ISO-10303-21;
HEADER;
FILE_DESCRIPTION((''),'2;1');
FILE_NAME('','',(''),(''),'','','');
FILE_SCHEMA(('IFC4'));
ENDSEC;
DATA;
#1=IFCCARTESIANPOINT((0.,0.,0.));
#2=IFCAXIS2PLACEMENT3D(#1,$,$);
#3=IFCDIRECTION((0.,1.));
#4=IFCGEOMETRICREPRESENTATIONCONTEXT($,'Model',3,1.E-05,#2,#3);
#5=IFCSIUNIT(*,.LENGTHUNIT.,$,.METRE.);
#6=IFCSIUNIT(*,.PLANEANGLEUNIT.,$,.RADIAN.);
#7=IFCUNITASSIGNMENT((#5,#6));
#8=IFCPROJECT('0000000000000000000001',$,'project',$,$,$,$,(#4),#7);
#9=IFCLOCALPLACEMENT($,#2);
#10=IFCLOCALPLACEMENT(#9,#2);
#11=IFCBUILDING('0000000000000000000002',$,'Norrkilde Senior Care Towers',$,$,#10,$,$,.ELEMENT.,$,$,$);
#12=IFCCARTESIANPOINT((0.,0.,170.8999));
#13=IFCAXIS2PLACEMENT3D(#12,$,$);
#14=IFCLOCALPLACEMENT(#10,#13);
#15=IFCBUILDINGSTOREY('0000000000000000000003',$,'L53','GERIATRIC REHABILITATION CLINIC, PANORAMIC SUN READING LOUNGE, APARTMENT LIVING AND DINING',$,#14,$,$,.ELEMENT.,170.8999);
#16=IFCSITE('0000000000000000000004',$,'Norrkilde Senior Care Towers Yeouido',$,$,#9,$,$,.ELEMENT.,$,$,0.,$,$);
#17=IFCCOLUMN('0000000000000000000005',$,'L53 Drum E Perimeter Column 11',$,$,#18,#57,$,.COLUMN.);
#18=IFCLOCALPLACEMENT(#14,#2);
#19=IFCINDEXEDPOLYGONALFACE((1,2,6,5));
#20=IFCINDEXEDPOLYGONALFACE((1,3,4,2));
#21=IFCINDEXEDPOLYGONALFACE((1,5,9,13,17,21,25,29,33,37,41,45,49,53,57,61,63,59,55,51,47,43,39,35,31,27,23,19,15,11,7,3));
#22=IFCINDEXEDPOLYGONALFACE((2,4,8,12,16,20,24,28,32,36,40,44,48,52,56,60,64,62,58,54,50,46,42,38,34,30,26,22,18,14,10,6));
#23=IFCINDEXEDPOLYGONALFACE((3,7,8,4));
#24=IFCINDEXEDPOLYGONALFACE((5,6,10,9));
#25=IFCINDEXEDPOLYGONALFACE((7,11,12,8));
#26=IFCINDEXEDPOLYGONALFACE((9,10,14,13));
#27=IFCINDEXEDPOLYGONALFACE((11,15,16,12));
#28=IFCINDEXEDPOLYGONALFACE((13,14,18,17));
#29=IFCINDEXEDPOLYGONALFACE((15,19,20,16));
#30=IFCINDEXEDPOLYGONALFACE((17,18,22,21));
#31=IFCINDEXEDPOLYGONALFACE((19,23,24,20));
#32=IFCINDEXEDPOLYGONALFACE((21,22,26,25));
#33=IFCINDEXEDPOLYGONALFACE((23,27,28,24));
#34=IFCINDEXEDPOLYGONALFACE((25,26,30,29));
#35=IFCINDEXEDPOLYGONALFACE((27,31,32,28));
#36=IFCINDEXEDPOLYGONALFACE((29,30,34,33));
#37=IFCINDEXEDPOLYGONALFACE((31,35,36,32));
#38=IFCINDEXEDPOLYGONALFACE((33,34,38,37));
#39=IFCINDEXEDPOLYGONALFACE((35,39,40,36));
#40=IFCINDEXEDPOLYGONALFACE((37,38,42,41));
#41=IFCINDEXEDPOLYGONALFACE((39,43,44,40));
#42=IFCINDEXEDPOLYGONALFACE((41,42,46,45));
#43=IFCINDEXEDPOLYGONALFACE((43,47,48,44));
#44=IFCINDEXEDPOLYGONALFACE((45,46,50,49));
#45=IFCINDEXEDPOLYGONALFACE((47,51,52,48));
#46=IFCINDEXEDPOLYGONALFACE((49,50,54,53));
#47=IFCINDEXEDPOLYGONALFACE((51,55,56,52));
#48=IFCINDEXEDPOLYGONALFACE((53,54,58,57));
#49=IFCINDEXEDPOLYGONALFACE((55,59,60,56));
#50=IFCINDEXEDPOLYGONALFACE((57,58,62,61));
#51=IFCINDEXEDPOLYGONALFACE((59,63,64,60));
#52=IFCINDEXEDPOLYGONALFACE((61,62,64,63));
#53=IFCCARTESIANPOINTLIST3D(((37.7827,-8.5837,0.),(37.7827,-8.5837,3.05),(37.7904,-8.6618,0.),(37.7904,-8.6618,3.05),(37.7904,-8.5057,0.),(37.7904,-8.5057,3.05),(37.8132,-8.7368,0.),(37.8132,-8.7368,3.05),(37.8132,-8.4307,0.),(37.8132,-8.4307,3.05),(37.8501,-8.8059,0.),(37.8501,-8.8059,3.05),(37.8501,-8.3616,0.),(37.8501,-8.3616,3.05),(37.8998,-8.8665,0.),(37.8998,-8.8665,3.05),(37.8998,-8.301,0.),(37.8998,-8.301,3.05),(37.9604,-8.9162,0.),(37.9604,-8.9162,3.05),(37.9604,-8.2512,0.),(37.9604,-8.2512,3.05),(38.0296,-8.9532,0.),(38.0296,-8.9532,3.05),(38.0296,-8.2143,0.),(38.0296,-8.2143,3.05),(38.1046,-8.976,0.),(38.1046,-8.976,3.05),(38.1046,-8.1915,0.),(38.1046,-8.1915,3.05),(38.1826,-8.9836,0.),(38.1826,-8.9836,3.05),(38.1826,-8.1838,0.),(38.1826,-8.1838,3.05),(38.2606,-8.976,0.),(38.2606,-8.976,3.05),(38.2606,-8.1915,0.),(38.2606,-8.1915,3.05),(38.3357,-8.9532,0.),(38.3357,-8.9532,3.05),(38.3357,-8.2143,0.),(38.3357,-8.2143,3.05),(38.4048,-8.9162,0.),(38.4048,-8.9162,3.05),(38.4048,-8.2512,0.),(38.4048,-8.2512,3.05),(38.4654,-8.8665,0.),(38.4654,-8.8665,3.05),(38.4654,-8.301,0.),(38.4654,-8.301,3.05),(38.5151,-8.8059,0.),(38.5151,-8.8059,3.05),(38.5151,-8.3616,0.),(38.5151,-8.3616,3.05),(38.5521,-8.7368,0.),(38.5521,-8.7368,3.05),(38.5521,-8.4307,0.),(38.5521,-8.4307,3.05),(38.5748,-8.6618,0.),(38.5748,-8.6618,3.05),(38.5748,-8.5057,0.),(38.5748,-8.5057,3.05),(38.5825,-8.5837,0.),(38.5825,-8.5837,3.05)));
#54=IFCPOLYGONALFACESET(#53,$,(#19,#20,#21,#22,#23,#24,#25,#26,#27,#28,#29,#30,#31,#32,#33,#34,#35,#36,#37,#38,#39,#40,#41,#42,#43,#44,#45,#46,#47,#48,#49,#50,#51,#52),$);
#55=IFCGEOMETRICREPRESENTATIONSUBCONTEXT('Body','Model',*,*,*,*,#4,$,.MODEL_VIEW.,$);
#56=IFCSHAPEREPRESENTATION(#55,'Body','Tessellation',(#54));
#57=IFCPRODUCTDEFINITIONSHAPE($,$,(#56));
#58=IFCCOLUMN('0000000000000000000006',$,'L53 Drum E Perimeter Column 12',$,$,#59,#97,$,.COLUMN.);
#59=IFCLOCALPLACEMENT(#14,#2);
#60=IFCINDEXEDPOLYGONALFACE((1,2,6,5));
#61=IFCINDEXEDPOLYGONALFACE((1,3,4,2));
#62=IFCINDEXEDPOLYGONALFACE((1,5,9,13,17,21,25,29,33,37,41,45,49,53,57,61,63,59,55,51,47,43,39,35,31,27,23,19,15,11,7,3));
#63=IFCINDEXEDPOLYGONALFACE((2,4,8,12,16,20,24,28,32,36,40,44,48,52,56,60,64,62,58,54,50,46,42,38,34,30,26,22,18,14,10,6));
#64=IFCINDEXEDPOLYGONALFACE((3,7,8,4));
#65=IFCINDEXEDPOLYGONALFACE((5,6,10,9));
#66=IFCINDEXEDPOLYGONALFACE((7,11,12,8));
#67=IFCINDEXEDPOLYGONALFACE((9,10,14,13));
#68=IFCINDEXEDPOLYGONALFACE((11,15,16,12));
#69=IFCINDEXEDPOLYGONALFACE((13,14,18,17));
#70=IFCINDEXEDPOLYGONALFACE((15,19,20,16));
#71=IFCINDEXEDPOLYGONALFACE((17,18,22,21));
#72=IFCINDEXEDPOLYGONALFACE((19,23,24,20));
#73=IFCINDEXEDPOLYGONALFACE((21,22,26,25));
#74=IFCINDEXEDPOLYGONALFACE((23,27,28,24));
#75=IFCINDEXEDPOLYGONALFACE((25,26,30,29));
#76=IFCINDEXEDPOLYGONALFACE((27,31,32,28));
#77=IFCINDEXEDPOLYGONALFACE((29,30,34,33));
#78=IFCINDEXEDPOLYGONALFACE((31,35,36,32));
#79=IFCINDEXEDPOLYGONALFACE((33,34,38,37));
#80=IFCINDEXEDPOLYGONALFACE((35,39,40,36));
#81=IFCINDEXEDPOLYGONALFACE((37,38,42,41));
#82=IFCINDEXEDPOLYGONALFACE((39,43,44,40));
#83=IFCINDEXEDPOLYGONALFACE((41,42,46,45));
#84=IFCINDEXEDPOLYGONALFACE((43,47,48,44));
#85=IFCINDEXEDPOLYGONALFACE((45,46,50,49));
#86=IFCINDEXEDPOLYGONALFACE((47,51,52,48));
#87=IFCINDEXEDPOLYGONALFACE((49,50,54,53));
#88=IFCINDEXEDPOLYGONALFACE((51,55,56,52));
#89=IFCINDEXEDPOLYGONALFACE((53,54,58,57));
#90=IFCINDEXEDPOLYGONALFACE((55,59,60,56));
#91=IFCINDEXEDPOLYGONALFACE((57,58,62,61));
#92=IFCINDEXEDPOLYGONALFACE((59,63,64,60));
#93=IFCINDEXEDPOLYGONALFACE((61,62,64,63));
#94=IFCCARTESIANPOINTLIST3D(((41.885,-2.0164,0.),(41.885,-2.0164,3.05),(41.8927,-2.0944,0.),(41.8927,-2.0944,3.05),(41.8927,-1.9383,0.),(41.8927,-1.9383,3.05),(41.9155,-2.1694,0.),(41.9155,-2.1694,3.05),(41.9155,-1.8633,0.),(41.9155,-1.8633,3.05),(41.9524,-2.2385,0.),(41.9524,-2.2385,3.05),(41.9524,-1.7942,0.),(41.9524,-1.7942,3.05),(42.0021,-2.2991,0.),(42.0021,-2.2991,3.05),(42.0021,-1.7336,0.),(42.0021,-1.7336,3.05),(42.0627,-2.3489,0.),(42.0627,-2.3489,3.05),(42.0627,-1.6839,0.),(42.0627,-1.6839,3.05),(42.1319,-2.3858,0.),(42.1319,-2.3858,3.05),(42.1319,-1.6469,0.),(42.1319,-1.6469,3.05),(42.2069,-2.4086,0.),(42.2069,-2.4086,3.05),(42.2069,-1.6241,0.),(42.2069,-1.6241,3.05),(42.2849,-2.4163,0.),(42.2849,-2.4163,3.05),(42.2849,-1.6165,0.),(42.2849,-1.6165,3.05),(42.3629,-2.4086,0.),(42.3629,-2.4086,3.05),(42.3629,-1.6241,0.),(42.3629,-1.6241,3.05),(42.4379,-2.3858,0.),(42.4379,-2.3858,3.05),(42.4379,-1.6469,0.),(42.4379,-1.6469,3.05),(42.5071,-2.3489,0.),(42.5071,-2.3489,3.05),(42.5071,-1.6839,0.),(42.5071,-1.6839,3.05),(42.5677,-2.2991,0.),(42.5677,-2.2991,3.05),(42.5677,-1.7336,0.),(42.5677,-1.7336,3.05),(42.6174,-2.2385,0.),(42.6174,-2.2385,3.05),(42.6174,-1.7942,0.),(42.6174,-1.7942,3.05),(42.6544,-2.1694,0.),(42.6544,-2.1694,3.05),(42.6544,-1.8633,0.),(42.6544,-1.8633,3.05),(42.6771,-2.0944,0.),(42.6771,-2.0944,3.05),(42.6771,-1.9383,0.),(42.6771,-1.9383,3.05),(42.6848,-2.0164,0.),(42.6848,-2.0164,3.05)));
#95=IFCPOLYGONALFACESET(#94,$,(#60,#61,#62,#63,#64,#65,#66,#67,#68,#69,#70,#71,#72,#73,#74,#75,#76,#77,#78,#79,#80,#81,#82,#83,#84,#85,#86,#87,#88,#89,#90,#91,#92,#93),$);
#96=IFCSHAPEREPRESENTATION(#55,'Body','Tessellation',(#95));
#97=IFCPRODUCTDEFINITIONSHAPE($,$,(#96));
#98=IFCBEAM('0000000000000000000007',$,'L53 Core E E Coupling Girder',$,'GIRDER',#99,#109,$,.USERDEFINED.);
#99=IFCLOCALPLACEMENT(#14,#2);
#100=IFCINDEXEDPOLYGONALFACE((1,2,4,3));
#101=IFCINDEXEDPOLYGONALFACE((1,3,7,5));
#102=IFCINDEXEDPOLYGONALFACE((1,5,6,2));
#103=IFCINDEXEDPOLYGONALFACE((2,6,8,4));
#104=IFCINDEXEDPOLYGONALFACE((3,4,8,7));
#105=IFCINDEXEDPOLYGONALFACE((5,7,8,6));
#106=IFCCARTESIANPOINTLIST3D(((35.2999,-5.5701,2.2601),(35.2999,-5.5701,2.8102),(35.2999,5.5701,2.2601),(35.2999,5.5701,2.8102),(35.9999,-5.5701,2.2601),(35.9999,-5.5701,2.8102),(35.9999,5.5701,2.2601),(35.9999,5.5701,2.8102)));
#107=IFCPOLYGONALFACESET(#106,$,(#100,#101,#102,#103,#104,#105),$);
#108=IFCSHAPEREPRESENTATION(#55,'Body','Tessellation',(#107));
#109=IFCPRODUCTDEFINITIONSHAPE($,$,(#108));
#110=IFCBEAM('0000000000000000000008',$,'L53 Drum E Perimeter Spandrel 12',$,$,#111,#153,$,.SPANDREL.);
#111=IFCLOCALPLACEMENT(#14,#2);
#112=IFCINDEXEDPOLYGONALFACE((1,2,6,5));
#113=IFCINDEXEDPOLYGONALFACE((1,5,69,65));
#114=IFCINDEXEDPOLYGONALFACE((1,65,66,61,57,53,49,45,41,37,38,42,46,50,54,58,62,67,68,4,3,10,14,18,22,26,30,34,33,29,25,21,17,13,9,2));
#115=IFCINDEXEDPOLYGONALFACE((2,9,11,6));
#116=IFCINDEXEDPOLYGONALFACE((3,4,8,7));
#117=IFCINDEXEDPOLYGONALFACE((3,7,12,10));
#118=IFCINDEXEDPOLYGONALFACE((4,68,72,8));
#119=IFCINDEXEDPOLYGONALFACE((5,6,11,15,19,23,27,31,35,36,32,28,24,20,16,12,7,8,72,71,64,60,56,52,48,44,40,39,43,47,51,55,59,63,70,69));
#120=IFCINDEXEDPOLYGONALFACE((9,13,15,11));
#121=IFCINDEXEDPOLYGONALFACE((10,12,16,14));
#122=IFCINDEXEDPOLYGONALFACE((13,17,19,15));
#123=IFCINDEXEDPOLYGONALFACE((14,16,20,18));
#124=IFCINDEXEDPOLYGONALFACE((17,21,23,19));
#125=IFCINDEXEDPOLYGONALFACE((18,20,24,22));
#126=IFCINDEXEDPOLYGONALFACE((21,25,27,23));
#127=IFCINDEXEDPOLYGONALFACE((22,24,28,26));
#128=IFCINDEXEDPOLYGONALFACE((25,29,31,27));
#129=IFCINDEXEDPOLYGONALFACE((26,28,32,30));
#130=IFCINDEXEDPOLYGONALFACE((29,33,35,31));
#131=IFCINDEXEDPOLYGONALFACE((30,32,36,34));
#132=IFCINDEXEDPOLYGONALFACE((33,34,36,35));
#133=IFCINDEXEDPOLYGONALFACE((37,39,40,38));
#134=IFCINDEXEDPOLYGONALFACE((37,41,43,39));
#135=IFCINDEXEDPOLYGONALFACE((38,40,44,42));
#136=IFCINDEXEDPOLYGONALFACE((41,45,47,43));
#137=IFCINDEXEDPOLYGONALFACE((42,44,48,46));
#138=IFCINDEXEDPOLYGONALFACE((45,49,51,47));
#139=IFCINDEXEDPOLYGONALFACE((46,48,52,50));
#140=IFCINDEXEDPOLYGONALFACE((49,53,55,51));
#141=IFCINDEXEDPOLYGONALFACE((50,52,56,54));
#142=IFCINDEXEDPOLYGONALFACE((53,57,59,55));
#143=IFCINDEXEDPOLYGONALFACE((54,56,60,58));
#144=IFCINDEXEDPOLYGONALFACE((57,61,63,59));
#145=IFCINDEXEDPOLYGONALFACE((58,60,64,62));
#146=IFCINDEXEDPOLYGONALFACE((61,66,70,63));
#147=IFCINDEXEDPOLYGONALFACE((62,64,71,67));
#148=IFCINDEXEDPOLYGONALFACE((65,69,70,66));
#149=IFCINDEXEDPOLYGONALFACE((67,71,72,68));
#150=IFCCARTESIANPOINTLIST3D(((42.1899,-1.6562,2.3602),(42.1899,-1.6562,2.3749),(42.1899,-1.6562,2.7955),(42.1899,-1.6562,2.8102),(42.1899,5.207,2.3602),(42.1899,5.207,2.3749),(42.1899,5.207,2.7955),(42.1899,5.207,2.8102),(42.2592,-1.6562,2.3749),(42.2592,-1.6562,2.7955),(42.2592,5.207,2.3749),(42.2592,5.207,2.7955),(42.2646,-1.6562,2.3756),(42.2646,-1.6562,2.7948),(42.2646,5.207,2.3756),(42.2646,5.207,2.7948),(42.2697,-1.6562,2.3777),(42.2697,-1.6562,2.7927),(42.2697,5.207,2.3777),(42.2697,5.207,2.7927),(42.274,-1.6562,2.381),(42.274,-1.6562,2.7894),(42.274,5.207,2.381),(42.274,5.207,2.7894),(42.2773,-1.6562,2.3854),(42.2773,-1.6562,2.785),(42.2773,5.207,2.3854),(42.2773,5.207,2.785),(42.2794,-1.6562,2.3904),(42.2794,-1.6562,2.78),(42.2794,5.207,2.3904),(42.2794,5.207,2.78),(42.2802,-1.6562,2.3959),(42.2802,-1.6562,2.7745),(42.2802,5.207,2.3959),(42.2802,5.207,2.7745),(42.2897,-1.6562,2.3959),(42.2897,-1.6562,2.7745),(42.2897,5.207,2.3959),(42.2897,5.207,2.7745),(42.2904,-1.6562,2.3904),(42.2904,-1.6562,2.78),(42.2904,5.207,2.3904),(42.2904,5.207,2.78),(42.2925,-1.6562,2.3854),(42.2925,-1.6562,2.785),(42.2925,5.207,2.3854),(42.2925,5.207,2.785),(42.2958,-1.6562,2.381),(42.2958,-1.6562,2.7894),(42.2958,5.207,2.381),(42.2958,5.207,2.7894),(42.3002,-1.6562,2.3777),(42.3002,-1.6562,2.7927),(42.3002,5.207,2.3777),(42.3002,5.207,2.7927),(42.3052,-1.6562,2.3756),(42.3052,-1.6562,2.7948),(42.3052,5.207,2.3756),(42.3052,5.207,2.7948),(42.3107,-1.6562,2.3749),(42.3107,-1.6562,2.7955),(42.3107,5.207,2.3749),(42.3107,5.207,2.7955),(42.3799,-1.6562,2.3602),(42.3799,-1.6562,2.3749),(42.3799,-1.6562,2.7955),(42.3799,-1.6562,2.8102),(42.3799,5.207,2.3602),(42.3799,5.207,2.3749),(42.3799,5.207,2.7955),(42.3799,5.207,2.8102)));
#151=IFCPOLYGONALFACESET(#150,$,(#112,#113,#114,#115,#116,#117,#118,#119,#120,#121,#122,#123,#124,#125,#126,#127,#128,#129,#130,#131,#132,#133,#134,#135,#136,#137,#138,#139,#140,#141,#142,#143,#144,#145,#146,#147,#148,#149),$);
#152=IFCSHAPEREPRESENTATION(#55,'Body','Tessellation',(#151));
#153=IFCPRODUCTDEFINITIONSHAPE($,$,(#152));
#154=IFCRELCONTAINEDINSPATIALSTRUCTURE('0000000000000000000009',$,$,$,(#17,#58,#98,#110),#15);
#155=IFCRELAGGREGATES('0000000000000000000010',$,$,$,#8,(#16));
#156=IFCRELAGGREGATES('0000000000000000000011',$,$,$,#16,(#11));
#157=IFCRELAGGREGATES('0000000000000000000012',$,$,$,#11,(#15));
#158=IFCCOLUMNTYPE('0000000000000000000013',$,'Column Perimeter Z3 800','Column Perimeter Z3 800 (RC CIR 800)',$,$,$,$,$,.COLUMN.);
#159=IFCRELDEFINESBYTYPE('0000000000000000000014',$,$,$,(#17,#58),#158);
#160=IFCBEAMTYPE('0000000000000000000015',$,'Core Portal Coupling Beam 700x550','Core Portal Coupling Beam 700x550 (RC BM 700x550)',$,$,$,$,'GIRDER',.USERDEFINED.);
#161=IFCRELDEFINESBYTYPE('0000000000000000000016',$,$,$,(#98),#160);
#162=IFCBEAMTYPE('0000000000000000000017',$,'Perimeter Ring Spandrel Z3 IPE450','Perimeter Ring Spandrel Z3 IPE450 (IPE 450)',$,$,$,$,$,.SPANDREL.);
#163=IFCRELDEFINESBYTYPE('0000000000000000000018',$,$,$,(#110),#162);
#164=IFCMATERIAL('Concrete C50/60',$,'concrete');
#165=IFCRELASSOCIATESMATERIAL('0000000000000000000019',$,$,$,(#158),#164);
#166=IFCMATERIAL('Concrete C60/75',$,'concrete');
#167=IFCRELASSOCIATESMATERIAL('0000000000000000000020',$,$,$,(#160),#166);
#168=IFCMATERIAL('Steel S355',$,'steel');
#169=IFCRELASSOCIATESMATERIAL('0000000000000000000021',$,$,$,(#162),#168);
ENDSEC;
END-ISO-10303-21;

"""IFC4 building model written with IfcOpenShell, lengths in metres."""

from ifc_helpers import new_model, si_unit, direction, frame, origin, origin_2d, place, context, subcontext, project, spatial, rectangle, circle, i_section, extrude, source, transform, mapped, material, material_profile, profile_set, type_object, type_shapes, element, save


model = new_model("IFC4")

# Units and contexts
model_context = context("Model", 3, precision=1e-05, world=origin(), true_north=direction((0.0, 1.0)))
body_context = subcontext(model_context, "Body", "Model", "MODEL_VIEW")
ifc_project = project(units=[si_unit("LENGTHUNIT", "METRE"), si_unit("PLANEANGLEUNIT", "RADIAN")], contexts=[model_context])

# Site, building, storey
site_placement = place(None, origin())
site = spatial("IfcSite", under=ifc_project, at=site_placement, Name="Norrkilde Senior Care Towers Yeouido", CompositionType="ELEMENT", RefElevation=0.0)
building_placement = place(site_placement, origin())
building = spatial("IfcBuilding", under=site, at=building_placement, Name="Norrkilde Senior Care Towers", CompositionType="ELEMENT")
storey_placement = place(building_placement, frame((0.0, 0.0, 170.8999)))
storey = spatial("IfcBuildingStorey", under=building, at=storey_placement, Name="L53", Description="GERIATRIC REHABILITATION CLINIC, PANORAMIC SUN READING LOUNGE, APARTMENT LIVING AND DINING", CompositionType="ELEMENT", Elevation=170.8999)

# Columns
ifc_material_1 = material(Name="Concrete C50/60", Category="concrete")
ifc_material_profile_1 = material_profile(ifc_material_1, circle(Radius=0.3999, at=origin_2d()), Name="RC CIR 800")
ifc_profile_set_1 = profile_set([ifc_material_profile_1], Name="Concrete C50/60")
column_type = type_object("IfcColumnType", Name="Column Perimeter Z3 800", Description="Column Perimeter Z3 800 (RC CIR 800)", PredefinedType="COLUMN", material=ifc_profile_set_1)
shared_shape_1 = source(origin(), body_context, "Body", "SweptSolid", [
    extrude(circle(Radius=0.3999, at=origin_2d()), origin(), (0.0, 0.0, 1.0), 3.05),
])
type_shapes(column_type, [shared_shape_1])
for number, where, z_axis, x_axis, name in (
    (1, (38.1826, -8.5837, 0.0), (0.0, 0.0, 1.0), (1.0, 0.0, 0.0), "L53 Drum E Perimeter Column 11"),
    (2, (42.2849, -2.0164, 0.0), (0.0, 0.0, 1.0), (1.0, 0.0, 0.0), "L53 Drum E Perimeter Column 12"),
):
    element("IfcColumn", number, at=place(storey_placement, frame(where, z_axis=z_axis, x_axis=x_axis)), inside=storey, type_object=column_type, Name=name, PredefinedType="COLUMN", context=body_context, shape_type="MappedRepresentation", body=[
        mapped(shared_shape_1, transform((0.0, 0.0, 0.0), x_axis=(1.0, 0.0, 0.0), y_axis=(0.0, 1.0, 0.0), z_axis=(0.0, 0.0, 1.0), scale=1.0)),
    ])

# Beams
ifc_material_2 = material(Name="Concrete C60/75", Category="concrete")
ifc_material_profile_2 = material_profile(ifc_material_2, rectangle(XDim=0.7, YDim=0.55, at=origin_2d()), Name="RC BM 700x550")
ifc_profile_set_2 = profile_set([ifc_material_profile_2], Name="Concrete C60/75")
beam_type_1 = type_object("IfcBeamType", Name="Core Portal Coupling Beam 700x550", Description="Core Portal Coupling Beam 700x550 (RC BM 700x550)", ElementType="GIRDER", PredefinedType="USERDEFINED", material=ifc_profile_set_2)
shared_shape_2 = source(origin(), body_context, "Body", "SweptSolid", [
    extrude(rectangle(XDim=0.7, YDim=0.55, at=origin_2d()), origin(), (0.0, 0.0, 1.0), 11.1401),
])
type_shapes(beam_type_1, [shared_shape_2])
beam_1_placement = place(storey_placement, frame((35.6499, -5.5701, 2.5352), z_axis=(0.0, 1.0, 0.0), x_axis=(-1.0, 0.0, 0.0)))
element("IfcBeam", 3, at=beam_1_placement, inside=storey, type_object=beam_type_1, Name="L53 Core E E Coupling Girder", ObjectType="GIRDER", PredefinedType="USERDEFINED", context=body_context, shape_type="MappedRepresentation", body=[
    mapped(shared_shape_2, transform((0.0, 0.0, 0.0), x_axis=(1.0, 0.0, 0.0), y_axis=(0.0, 1.0, 0.0), z_axis=(0.0, 0.0, 1.0), scale=1.0)),
])
ifc_material_3 = material(Name="Steel S355", Category="steel")
ifc_material_profile_3 = material_profile(ifc_material_3, i_section(OverallWidth=0.1899, OverallDepth=0.45, WebThickness=0.0095, FlangeThickness=0.0146, FilletRadius=0.021, at=origin_2d()), Name="IPE 450")
ifc_profile_set_3 = profile_set([ifc_material_profile_3], Name="Steel S355")
beam_type_2 = type_object("IfcBeamType", Name="Perimeter Ring Spandrel Z3 IPE450", Description="Perimeter Ring Spandrel Z3 IPE450 (IPE 450)", PredefinedType="SPANDREL", material=ifc_profile_set_3)
shared_shape_3 = source(origin(), body_context, "Body", "SweptSolid", [
    extrude(i_section(OverallWidth=0.1899, OverallDepth=0.45, WebThickness=0.0095, FlangeThickness=0.0146, FilletRadius=0.021, at=origin_2d()), origin(), (0.0, 0.0, 1.0), 6.8633),
])
beam_2_placement = place(storey_placement, frame((42.2849, -1.6562, 2.5852), z_axis=(0.0, 1.0, 0.0), x_axis=(-1.0, 0.0, 0.0)))
element("IfcBeam", 4, at=beam_2_placement, inside=storey, type_object=beam_type_2, Name="L53 Drum E Perimeter Spandrel 12", PredefinedType="SPANDREL", context=body_context, shape_type="MappedRepresentation", body=[
    mapped(shared_shape_3, transform((0.0, 0.0, 0.0), x_axis=(1.0, 0.0, 0.0), y_axis=(0.0, 1.0, 0.0), z_axis=(0.0, 0.0, 1.0), scale=1.0)),
])

save(model, "model.ifc")
